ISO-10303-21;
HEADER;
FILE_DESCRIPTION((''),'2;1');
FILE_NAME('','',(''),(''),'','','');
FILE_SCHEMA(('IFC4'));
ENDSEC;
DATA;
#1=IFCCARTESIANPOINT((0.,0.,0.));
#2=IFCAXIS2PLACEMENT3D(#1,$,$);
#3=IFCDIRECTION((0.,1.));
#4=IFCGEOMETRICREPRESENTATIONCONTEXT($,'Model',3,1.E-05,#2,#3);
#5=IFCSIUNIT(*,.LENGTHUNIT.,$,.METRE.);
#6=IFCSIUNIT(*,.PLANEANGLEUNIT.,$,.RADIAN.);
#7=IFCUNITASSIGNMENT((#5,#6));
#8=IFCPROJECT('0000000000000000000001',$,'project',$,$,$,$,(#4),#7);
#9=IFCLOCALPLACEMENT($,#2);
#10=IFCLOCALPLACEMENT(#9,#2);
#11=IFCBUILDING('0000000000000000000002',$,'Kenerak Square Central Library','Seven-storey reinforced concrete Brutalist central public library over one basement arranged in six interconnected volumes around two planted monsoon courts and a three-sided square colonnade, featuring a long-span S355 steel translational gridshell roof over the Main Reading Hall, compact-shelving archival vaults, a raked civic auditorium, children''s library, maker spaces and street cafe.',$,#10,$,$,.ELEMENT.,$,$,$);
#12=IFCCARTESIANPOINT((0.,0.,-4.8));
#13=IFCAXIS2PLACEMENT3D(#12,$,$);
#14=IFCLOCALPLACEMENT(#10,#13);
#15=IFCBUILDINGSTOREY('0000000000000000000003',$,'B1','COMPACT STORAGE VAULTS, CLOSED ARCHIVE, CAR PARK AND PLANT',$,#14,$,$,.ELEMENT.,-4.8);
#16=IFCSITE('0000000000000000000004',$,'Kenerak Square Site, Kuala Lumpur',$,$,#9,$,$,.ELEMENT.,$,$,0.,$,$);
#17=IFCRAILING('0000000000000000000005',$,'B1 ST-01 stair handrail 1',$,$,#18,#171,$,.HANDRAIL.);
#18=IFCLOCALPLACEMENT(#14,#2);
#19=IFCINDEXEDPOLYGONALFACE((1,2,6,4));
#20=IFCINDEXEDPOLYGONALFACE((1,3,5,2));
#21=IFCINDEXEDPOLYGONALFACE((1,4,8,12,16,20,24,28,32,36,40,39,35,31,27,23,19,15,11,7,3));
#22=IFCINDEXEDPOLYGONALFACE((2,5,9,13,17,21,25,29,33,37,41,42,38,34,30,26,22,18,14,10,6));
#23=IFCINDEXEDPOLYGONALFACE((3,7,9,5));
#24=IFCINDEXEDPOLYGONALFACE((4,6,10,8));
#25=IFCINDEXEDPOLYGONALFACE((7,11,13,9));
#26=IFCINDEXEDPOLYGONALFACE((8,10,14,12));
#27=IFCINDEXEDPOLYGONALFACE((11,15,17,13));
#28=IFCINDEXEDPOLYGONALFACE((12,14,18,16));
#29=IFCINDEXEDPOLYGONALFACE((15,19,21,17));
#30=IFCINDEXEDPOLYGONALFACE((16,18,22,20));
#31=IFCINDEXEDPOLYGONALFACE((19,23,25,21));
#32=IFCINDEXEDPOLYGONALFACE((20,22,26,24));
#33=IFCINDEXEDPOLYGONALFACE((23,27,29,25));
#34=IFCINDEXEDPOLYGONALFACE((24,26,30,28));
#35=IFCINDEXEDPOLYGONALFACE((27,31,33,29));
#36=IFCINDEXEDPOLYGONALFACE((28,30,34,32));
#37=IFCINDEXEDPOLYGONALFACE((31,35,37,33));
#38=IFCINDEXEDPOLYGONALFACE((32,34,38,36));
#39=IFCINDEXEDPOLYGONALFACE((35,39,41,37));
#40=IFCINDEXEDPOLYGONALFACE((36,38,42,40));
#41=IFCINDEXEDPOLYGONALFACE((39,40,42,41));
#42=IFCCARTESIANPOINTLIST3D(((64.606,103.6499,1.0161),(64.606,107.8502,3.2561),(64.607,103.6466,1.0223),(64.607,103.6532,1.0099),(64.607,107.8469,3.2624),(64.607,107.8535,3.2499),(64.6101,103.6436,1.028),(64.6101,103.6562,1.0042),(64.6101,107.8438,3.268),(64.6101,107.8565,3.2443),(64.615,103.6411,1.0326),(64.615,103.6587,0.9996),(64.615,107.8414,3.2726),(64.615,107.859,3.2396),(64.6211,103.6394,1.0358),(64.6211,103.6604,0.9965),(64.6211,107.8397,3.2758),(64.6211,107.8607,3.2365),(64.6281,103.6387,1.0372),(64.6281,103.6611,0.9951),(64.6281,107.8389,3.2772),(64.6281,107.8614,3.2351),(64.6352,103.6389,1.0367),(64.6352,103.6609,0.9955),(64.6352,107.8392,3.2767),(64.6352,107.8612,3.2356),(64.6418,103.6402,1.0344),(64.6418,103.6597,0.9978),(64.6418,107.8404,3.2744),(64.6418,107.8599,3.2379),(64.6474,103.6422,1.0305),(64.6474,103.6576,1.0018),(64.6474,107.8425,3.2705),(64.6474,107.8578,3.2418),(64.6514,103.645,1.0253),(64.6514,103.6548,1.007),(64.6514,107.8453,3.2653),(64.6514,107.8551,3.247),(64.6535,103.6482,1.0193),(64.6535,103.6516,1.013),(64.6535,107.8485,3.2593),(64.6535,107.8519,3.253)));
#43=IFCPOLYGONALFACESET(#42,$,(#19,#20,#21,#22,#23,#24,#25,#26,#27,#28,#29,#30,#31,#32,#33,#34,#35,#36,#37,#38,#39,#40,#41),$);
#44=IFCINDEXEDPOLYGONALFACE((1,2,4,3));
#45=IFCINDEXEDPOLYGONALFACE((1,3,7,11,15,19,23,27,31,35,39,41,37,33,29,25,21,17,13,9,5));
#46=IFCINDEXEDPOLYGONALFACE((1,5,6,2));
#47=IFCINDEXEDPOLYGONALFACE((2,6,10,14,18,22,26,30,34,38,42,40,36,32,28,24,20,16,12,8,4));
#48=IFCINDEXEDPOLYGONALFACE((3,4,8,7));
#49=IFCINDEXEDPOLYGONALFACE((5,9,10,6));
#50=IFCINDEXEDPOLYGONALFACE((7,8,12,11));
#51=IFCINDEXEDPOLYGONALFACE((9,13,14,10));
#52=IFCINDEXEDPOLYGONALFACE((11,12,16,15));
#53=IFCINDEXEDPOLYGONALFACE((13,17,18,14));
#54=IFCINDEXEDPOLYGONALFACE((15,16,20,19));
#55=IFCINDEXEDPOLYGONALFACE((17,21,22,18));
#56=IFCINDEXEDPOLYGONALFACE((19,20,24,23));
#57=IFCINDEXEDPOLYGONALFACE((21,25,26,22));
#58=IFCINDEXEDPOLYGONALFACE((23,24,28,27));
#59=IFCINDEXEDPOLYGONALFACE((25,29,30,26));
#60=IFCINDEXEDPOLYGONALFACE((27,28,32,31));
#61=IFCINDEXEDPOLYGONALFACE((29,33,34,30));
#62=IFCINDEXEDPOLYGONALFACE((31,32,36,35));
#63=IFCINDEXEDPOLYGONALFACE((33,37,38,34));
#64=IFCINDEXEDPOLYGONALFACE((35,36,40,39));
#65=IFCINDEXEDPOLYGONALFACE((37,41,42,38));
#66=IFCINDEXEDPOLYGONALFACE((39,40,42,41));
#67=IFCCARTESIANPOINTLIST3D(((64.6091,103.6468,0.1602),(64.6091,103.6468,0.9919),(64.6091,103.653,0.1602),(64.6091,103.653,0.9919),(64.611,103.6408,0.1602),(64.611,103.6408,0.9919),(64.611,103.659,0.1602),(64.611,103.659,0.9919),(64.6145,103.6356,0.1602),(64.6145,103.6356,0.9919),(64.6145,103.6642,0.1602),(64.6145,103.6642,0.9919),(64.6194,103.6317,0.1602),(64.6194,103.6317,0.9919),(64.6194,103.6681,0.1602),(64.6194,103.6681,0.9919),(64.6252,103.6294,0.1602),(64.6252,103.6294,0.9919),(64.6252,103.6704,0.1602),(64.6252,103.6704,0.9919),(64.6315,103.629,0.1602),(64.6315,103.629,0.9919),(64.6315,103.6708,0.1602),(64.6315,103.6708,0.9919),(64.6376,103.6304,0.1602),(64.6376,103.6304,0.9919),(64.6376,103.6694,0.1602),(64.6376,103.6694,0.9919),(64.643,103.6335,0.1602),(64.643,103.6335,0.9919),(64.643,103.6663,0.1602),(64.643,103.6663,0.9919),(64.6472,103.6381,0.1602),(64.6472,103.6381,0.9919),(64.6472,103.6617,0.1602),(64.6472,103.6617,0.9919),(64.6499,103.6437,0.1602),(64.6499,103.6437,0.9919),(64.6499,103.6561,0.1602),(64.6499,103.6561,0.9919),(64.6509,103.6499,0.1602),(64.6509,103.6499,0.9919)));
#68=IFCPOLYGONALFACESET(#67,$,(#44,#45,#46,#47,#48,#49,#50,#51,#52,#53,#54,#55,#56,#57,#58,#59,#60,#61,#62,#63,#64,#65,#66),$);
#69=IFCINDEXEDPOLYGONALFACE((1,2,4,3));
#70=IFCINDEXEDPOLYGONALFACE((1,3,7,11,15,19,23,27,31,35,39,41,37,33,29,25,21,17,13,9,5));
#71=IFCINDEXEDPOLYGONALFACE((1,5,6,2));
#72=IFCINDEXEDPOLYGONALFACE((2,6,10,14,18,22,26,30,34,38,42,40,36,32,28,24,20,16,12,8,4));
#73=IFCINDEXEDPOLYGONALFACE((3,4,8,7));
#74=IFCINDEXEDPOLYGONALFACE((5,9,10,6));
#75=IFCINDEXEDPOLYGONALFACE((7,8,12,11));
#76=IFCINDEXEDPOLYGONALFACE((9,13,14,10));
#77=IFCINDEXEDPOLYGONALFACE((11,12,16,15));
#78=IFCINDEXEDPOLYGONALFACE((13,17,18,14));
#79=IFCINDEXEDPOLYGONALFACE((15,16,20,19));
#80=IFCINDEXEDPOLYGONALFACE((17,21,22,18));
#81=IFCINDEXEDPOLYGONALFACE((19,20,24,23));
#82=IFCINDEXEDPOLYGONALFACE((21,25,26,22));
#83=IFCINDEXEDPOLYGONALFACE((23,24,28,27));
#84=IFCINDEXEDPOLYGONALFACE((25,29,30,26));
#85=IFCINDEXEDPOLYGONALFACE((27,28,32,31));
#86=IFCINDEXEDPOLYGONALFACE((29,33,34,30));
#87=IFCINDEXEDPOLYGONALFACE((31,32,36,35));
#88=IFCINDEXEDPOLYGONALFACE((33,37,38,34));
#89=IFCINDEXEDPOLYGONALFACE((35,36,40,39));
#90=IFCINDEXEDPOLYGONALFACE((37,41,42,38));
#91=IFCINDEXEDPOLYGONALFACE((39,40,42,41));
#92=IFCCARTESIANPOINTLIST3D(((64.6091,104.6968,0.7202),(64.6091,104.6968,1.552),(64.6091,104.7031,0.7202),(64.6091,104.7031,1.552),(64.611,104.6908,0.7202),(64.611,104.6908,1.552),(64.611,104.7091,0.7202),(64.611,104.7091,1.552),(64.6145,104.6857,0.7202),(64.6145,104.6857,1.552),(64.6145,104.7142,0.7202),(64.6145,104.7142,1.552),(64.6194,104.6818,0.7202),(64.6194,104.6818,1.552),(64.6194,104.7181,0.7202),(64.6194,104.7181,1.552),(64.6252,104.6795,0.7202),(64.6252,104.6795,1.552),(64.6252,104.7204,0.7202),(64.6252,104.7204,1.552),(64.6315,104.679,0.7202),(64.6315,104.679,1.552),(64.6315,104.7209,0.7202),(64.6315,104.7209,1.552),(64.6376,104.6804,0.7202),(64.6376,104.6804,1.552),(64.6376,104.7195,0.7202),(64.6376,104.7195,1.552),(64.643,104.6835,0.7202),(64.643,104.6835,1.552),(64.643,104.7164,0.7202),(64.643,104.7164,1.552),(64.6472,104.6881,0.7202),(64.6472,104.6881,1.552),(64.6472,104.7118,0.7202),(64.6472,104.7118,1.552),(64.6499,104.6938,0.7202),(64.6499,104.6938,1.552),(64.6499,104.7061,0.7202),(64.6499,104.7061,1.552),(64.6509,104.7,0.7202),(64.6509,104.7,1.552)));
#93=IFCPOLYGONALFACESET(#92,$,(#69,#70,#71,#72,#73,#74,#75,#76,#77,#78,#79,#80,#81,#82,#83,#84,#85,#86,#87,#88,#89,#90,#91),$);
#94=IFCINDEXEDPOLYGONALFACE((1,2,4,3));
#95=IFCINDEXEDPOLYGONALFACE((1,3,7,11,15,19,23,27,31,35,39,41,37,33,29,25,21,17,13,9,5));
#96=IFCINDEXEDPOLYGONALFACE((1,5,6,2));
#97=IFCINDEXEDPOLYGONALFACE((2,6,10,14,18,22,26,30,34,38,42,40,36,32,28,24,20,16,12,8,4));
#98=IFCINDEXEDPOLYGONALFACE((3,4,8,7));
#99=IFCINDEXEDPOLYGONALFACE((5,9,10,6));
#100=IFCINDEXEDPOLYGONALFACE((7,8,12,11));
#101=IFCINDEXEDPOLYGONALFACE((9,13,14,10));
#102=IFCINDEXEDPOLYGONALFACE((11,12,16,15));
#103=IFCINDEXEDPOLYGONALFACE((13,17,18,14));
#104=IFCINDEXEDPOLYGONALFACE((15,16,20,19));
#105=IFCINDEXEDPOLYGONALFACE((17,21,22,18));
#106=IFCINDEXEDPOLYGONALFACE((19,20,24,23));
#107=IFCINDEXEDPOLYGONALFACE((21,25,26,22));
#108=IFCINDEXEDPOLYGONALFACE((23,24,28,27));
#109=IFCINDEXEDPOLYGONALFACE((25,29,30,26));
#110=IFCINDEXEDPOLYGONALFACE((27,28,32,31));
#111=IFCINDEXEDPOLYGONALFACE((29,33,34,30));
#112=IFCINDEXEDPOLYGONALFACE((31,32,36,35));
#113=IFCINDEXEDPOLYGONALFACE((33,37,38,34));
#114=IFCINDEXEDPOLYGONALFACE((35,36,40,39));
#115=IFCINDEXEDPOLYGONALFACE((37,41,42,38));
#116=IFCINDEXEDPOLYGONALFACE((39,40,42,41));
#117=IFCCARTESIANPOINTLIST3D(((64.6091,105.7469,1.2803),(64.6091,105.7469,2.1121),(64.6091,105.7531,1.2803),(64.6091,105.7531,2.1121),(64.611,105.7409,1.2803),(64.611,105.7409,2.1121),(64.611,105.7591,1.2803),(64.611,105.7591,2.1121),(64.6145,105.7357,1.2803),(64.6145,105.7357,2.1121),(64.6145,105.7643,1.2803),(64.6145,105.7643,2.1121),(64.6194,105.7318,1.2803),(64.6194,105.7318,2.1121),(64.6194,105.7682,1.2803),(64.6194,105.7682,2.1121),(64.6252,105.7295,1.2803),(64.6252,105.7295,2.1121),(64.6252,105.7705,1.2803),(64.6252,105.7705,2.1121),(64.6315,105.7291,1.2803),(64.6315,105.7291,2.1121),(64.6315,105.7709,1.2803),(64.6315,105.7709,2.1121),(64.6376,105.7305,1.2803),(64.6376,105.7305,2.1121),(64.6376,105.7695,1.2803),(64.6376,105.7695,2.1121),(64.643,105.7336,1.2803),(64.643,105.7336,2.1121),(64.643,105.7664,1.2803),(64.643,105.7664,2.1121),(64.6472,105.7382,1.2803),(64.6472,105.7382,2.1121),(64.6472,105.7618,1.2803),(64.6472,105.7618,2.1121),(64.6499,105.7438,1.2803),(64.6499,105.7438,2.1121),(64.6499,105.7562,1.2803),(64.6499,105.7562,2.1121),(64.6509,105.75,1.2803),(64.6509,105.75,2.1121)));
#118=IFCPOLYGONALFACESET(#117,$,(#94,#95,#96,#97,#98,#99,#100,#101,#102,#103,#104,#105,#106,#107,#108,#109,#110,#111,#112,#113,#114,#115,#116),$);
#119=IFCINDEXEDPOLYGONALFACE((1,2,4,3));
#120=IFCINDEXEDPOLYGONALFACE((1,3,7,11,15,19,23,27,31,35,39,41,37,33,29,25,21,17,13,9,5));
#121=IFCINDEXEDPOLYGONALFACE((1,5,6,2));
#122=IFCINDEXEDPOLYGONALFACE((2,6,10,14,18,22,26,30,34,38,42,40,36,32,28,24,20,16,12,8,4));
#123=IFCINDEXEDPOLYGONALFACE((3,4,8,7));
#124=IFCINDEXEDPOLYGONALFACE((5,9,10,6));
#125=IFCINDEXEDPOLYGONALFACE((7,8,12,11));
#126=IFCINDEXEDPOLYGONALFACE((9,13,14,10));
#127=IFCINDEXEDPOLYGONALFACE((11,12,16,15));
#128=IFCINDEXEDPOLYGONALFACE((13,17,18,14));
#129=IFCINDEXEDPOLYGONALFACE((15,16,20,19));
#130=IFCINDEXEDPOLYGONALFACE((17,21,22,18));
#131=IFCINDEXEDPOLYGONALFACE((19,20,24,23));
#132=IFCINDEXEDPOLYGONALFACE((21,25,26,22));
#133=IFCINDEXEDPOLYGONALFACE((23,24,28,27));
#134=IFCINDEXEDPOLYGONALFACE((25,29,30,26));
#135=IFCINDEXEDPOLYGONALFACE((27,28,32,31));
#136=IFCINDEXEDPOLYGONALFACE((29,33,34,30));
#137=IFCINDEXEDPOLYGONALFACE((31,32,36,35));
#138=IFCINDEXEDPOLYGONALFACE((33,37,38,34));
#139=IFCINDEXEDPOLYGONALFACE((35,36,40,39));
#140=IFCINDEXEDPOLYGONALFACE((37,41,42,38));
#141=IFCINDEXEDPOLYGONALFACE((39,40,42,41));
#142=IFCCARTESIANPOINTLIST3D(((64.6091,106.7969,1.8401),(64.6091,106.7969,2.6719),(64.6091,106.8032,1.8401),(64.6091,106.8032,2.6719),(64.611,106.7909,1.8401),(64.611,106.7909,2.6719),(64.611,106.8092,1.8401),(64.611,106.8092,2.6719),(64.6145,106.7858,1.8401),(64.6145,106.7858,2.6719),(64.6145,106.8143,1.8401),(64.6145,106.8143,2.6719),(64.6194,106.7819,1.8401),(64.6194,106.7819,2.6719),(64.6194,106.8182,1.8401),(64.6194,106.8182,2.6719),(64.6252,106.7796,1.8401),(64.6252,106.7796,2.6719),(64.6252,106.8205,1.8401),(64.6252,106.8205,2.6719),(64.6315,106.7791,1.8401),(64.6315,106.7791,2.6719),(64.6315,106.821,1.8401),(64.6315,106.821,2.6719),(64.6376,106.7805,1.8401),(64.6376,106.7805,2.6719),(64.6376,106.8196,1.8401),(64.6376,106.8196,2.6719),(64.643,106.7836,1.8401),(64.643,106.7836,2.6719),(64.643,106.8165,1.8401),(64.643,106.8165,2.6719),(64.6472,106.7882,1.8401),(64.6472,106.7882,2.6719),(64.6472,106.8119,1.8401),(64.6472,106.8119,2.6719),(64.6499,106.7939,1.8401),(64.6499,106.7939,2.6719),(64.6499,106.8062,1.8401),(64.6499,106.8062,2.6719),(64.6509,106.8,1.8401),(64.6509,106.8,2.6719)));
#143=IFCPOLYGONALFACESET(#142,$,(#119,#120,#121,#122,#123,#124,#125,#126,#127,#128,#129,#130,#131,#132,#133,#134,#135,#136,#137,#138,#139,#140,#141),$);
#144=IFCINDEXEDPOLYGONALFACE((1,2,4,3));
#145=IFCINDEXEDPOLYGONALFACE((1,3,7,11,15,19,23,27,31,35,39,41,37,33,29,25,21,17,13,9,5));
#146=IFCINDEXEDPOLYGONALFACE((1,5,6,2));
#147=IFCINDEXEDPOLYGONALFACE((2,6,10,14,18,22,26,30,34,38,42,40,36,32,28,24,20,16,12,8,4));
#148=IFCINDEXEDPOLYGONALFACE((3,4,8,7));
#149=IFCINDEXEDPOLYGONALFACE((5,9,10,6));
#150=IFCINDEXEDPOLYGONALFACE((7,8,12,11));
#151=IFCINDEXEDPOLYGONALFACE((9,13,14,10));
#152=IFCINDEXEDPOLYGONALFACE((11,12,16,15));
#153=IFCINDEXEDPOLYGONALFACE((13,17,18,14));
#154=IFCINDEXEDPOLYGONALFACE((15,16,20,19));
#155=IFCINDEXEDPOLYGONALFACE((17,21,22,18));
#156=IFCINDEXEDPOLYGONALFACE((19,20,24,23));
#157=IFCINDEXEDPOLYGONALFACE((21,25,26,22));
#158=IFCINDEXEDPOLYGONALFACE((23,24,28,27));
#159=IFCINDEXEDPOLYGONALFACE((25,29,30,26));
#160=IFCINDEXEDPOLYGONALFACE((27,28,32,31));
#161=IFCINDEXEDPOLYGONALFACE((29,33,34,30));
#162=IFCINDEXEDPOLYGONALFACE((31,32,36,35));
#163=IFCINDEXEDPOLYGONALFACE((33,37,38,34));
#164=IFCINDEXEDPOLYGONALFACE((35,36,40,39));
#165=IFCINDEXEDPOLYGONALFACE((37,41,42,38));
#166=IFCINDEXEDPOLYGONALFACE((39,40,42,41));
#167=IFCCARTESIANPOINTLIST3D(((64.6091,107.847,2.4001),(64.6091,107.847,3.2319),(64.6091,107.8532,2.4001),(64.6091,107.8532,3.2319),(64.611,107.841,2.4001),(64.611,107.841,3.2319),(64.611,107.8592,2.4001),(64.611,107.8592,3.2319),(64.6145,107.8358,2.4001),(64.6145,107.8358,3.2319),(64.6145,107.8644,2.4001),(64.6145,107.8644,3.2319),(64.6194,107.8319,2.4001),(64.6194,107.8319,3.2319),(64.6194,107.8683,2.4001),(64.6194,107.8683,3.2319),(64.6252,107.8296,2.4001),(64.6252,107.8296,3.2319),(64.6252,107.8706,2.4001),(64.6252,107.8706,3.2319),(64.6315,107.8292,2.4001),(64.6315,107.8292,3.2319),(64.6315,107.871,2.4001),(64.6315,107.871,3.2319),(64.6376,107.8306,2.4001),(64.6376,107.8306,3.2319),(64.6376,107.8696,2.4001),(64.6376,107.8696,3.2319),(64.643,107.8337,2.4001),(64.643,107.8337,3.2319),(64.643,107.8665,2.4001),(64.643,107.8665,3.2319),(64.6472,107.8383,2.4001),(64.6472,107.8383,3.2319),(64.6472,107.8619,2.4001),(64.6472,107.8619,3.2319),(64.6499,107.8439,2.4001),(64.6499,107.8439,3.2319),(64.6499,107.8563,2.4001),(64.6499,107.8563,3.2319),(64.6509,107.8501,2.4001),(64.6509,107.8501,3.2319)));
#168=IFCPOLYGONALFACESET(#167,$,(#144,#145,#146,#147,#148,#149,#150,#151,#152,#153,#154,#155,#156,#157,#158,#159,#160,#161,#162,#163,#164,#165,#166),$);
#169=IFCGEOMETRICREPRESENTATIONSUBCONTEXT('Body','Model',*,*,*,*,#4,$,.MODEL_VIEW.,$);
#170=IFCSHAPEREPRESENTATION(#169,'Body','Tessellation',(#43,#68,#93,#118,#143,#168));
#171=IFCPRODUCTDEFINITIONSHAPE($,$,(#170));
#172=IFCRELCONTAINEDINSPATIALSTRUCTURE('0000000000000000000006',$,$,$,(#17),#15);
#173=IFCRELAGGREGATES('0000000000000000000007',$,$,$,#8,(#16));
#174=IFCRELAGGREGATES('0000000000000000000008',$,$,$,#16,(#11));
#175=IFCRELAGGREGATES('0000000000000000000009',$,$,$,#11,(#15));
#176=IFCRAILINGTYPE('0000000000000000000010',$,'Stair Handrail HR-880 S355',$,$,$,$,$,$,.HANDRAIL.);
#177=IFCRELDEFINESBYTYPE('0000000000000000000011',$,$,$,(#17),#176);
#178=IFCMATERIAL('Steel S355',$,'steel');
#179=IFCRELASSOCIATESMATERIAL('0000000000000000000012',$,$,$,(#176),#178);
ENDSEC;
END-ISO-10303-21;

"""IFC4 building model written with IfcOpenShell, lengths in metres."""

from ifc_helpers import new_model, si_unit, direction, frame, origin, origin_2d, place, context, subcontext, project, spatial, circle, extrude, material, type_object, element, save


model = new_model("IFC4")

# Units and contexts
model_context = context("Model", 3, precision=1e-05, world=origin(), true_north=direction((0.0, 1.0)))
body_context = subcontext(model_context, "Body", "Model", "MODEL_VIEW")
ifc_project = project(units=[si_unit("LENGTHUNIT", "METRE"), si_unit("PLANEANGLEUNIT", "RADIAN")], contexts=[model_context])

# Site, building, storey
site_placement = place(None, origin())
site = spatial("IfcSite", under=ifc_project, at=site_placement, Name="Kenerak Square Site, Kuala Lumpur", CompositionType="ELEMENT", RefElevation=0.0)
building_placement = place(site_placement, origin())
building = spatial("IfcBuilding", under=site, at=building_placement, Name="Kenerak Square Central Library", Description="Seven-storey reinforced concrete Brutalist central public library over one basement arranged in six interconnected volumes around two planted monsoon courts and a three-sided square colonnade, featuring a long-span S355 steel translational gridshell roof over the Main Reading Hall, compact-shelving archival vaults, a raked civic auditorium, children's library, maker spaces and street cafe.", CompositionType="ELEMENT")
storey_placement = place(building_placement, frame((0.0, 0.0, -4.8)))
storey = spatial("IfcBuildingStorey", under=building, at=storey_placement, Name="B1", Description="COMPACT STORAGE VAULTS, CLOSED ARCHIVE, CAR PARK AND PLANT", CompositionType="ELEMENT", Elevation=-4.8)

# Railing
ifc_material_1 = material(Name="Steel S355", Category="steel")
railing_type_1 = type_object("IfcRailingType", Name="Stair Handrail HR-880 S355", PredefinedType="HANDRAIL", material=ifc_material_1)
railing_1_placement = place(storey_placement, frame((64.6299, 103.6499, 0.1602)))
element("IfcRailing", 1, at=railing_1_placement, inside=storey, type_object=railing_type_1, Name="B1 ST-01 stair handrail 1", PredefinedType="HANDRAIL", context=body_context, shape_type="SweptSolid", body=[
    extrude(circle(Radius=0.0239, at=origin_2d()), frame((0.0, 0.0, 0.856), z_axis=(0.0, 0.882363, 0.47057), x_axis=(-1.0, 0.0, 0.0)), (0.0, 0.0, 1.0), 4.7603),
    extrude(circle(Radius=0.021, at=origin_2d()), origin(), (0.0, 0.0, 1.0), 0.8318),
    extrude(circle(Radius=0.021, at=origin_2d()), frame((0.0, 1.05, 0.5601)), (0.0, 0.0, 1.0), 0.8318),
    extrude(circle(Radius=0.021, at=origin_2d()), frame((0.0, 2.1001, 1.1201)), (0.0, 0.0, 1.0), 0.8318),
    extrude(circle(Radius=0.021, at=origin_2d()), frame((0.0, 3.1501, 1.6799)), (0.0, 0.0, 1.0), 0.8318),
    extrude(circle(Radius=0.021, at=origin_2d()), frame((0.0, 4.2002, 2.24)), (0.0, 0.0, 1.0), 0.8318),
])

save(model, "model.ifc")
